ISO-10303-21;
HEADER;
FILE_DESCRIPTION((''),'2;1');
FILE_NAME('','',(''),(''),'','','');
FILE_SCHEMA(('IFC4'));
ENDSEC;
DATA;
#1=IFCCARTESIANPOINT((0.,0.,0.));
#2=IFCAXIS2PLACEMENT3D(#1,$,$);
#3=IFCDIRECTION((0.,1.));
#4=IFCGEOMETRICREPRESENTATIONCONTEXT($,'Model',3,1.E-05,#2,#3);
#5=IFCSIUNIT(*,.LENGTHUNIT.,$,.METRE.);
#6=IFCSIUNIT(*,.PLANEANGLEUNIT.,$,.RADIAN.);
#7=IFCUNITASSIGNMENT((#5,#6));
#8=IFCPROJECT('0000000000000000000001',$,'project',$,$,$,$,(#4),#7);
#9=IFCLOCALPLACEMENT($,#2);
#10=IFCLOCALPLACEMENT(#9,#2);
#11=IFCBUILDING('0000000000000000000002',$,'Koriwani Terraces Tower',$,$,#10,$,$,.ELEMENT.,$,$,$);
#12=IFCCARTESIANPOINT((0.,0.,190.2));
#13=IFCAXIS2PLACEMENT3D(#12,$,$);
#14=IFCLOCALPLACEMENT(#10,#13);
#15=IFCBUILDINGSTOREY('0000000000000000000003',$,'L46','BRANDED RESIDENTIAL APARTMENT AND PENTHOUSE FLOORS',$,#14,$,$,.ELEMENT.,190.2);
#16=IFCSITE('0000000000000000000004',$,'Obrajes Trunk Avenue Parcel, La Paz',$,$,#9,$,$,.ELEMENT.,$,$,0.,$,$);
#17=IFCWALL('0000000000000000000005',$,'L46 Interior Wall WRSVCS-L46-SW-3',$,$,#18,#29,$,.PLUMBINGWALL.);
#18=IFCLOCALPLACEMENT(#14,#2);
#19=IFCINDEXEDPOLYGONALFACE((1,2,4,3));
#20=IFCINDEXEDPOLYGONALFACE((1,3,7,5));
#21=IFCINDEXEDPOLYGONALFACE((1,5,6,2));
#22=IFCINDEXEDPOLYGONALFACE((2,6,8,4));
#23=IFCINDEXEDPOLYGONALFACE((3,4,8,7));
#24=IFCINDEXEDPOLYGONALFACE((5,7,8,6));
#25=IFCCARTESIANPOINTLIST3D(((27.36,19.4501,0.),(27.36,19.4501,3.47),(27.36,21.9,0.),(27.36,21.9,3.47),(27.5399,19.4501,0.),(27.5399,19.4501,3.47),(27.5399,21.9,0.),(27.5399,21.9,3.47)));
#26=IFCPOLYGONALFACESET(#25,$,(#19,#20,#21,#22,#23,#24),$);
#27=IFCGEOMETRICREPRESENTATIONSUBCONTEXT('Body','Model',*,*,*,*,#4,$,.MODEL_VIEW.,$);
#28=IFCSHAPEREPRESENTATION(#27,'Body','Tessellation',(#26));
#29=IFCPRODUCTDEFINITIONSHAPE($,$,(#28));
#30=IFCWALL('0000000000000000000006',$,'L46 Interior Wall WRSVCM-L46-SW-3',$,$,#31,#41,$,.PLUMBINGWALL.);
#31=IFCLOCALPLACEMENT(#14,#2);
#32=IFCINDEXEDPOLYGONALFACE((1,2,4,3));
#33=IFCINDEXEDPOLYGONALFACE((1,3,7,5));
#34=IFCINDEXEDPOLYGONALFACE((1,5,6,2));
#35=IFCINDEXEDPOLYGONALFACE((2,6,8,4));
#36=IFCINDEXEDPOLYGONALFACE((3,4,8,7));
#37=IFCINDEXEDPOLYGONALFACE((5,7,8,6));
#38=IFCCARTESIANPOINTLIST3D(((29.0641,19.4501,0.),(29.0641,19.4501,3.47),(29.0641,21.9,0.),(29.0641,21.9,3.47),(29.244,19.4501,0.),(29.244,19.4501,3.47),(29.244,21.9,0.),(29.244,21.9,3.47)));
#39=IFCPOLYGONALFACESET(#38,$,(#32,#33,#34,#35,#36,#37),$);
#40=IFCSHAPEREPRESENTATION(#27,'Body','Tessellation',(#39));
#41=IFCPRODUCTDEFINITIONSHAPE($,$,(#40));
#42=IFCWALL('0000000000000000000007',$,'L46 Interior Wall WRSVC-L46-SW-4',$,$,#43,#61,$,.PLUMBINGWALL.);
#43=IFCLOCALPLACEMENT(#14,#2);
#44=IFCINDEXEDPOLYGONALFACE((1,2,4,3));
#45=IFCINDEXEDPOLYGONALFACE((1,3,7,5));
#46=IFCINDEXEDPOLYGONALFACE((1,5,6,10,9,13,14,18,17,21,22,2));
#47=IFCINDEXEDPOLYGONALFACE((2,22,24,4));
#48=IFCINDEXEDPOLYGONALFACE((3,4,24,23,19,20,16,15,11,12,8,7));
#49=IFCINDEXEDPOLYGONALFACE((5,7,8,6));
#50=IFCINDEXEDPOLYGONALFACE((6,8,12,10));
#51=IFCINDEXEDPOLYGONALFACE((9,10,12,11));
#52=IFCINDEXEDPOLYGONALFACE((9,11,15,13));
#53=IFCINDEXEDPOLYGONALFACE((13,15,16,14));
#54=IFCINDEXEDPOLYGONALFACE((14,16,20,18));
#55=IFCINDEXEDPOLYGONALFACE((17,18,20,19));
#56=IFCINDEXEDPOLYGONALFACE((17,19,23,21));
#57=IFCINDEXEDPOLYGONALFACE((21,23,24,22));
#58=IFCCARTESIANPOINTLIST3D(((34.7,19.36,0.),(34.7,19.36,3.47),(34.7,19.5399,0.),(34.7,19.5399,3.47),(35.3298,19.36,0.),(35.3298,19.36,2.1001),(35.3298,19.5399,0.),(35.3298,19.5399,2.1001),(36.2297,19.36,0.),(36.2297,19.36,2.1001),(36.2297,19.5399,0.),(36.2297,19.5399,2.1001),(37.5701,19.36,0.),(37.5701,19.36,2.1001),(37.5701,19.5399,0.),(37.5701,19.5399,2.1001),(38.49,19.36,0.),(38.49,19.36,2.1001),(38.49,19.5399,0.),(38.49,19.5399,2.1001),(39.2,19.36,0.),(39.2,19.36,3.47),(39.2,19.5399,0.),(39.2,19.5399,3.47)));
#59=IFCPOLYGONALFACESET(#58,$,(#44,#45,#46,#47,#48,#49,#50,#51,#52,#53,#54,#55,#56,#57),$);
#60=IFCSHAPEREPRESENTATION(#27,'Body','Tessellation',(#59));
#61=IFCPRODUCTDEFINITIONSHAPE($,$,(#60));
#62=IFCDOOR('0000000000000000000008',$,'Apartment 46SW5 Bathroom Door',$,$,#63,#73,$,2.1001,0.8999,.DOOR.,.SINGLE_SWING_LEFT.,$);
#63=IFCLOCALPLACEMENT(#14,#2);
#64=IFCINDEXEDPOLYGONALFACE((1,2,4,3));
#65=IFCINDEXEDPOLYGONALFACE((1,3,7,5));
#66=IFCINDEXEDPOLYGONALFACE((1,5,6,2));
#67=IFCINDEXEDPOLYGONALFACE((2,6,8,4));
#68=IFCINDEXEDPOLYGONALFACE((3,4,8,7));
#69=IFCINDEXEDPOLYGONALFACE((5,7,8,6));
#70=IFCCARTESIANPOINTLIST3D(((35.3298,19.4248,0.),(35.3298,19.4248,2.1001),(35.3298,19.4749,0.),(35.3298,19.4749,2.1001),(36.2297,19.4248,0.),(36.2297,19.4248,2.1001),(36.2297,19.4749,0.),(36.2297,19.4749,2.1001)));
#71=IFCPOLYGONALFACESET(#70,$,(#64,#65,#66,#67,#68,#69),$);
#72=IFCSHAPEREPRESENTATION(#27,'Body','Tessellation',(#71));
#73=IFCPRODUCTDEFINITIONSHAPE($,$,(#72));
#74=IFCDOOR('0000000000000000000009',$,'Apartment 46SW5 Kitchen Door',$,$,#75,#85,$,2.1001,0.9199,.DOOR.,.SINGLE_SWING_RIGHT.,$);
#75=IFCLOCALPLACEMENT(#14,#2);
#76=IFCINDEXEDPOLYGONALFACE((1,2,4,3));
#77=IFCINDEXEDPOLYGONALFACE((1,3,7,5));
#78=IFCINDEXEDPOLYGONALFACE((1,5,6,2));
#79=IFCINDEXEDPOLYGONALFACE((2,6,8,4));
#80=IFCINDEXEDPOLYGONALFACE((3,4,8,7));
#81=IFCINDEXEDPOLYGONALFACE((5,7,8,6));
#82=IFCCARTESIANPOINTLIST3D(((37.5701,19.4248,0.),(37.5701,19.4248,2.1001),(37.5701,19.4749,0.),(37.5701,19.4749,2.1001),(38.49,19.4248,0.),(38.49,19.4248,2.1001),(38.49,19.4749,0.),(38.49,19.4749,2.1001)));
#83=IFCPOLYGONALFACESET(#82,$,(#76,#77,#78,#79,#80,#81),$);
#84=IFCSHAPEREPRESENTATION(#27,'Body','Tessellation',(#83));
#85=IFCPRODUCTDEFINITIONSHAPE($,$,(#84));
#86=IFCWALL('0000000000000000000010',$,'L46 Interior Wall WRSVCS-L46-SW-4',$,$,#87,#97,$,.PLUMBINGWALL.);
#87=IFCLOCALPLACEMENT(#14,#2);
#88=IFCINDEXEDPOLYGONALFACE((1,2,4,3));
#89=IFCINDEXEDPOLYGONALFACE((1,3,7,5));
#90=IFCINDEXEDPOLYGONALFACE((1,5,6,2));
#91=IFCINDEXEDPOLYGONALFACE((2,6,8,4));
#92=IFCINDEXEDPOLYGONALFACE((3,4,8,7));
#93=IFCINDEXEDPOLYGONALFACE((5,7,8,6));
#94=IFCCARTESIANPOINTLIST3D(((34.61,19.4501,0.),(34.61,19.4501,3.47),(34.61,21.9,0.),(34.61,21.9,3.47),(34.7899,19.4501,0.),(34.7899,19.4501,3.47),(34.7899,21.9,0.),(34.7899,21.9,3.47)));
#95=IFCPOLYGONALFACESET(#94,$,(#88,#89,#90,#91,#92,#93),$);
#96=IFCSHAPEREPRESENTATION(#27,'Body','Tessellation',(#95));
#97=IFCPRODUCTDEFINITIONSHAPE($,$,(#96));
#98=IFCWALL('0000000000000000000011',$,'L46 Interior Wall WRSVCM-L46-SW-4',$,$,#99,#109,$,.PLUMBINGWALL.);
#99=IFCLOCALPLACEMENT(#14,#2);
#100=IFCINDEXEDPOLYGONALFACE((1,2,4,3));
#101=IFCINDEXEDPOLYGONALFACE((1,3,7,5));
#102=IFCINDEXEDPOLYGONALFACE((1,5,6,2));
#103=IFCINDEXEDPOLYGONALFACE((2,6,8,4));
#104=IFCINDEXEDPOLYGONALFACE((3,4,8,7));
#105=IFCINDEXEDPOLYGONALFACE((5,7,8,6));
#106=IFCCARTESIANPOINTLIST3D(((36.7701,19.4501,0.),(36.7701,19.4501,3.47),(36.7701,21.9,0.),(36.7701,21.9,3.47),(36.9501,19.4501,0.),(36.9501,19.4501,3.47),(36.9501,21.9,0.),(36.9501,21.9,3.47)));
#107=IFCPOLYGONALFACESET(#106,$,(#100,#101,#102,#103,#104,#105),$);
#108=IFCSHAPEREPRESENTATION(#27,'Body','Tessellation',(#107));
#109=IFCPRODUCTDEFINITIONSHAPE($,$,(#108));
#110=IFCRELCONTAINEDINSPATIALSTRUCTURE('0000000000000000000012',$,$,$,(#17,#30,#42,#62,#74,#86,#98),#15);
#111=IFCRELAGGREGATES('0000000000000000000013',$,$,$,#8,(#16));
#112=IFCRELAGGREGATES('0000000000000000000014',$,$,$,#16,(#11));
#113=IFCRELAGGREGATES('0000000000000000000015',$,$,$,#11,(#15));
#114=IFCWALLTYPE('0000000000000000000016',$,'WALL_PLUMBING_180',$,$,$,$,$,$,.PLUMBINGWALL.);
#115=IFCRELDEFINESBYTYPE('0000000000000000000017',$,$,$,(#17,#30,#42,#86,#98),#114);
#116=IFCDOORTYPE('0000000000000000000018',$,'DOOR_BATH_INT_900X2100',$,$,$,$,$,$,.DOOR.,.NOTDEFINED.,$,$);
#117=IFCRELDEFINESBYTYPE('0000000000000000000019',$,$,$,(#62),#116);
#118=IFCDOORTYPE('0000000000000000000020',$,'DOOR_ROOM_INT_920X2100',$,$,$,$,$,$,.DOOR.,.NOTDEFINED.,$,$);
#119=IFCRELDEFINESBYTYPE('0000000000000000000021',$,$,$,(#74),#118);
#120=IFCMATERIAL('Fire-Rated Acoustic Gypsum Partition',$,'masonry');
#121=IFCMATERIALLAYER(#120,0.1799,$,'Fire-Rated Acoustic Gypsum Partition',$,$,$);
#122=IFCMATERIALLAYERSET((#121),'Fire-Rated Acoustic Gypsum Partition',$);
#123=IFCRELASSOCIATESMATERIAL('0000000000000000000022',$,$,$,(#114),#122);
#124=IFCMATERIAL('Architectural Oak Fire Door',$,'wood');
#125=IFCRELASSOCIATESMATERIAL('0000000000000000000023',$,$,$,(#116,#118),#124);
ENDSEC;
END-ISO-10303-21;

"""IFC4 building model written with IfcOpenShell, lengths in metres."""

from ifc_helpers import new_model, si_unit, direction, frame, frame_2d, origin, place, context, subcontext, project, spatial, rectangle, extrude, material, layer, layer_set, type_object, element, fill, save


model = new_model("IFC4")

# Units and contexts
model_context = context("Model", 3, precision=1e-05, world=origin(), true_north=direction((0.0, 1.0)))
body_context = subcontext(model_context, "Body", "Model", "MODEL_VIEW")
ifc_project = project(units=[si_unit("LENGTHUNIT", "METRE"), si_unit("PLANEANGLEUNIT", "RADIAN")], contexts=[model_context])

# Site, building, storey
site_placement = place(None, origin())
site = spatial("IfcSite", under=ifc_project, at=site_placement, Name="Obrajes Trunk Avenue Parcel, La Paz", CompositionType="ELEMENT", RefElevation=0.0)
building_placement = place(site_placement, origin())
building = spatial("IfcBuilding", under=site, at=building_placement, Name="Koriwani Terraces Tower", CompositionType="ELEMENT")
storey_placement = place(building_placement, frame((0.0, 0.0, 190.2)))
storey = spatial("IfcBuildingStorey", under=building, at=storey_placement, Name="L46", Description="BRANDED RESIDENTIAL APARTMENT AND PENTHOUSE FLOORS", CompositionType="ELEMENT", Elevation=190.2)

# Shared definitions
ifc_material_1 = material(Name="Fire-Rated Acoustic Gypsum Partition", Category="masonry")
ifc_layer_1 = layer(ifc_material_1, 0.1799, Name="Fire-Rated Acoustic Gypsum Partition")
ifc_layer_set_1 = layer_set([ifc_layer_1], Name="Fire-Rated Acoustic Gypsum Partition")
wall_type_1 = type_object("IfcWallType", Name="WALL_PLUMBING_180", PredefinedType="PLUMBINGWALL", material=ifc_layer_set_1)
ifc_material_2 = material(Name="Architectural Oak Fire Door", Category="wood")
door_type_1 = type_object("IfcDoorType", Name="DOOR_BATH_INT_900X2100", OperationType="NOTDEFINED", PredefinedType="DOOR", material=ifc_material_2)
door_type_2 = type_object("IfcDoorType", Name="DOOR_ROOM_INT_920X2100", OperationType="NOTDEFINED", PredefinedType="DOOR", material=ifc_material_2)

# Walls
for number, where, z_axis, x_axis, name in (
    (1, (27.45, 19.45, 0.0), (0.0, 0.0, 1.0), (0.0, 1.0, 0.0), "L46 Interior Wall WRSVCS-L46-SW-3"),
    (2, (29.1541, 19.45, 0.0), (0.0, 0.0, 1.0), (0.0, 1.0, 0.0), "L46 Interior Wall WRSVCM-L46-SW-3"),
):
    element("IfcWall", number, at=place(storey_placement, frame(where, z_axis=z_axis, x_axis=x_axis)), inside=storey, type_object=wall_type_1, Name=name, PredefinedType="PLUMBINGWALL", context=body_context, shape_type="SweptSolid", body=[
        extrude(rectangle(XDim=2.45, YDim=0.1799, at=frame_2d((1.2251, 0.0))), origin(), (0.0, 0.0, 1.0), 3.47),
    ])

# Wall, openings, doors
wall_1_placement = place(storey_placement, frame((34.7, 19.45, 0.0), z_axis=(0.0, 0.0, 1.0), x_axis=(1.0, 0.0, 0.0)))
wall_1 = element("IfcWall", 3, at=wall_1_placement, inside=storey, type_object=wall_type_1, Name="L46 Interior Wall WRSVC-L46-SW-4", PredefinedType="PLUMBINGWALL", context=body_context, shape_type="SweptSolid", body=[
    extrude(rectangle(XDim=4.5, YDim=0.1799, at=frame_2d((2.25, 0.0))), origin(), (0.0, 0.0, 1.0), 3.47),
])
opening_1_placement = place(wall_1_placement, frame((0.6299, 0.0, 0.0)))
opening_1 = element("IfcOpeningElement", 4, at=opening_1_placement, cuts=wall_1, PredefinedType="OPENING", context=body_context, shape_type="SweptSolid", body=[
    extrude(rectangle(XDim=0.8999, YDim=2.1001, at=frame_2d((0.45, 1.05))), frame((0.0, 0.1001, 0.0), z_axis=(0.0, -1.0, 0.0), x_axis=(1.0, 0.0, 0.0)), (0.0, 0.0, 1.0), 0.2),
])
opening_2_placement = place(wall_1_placement, frame((2.8701, 0.0, 0.0)))
opening_2 = element("IfcOpeningElement", 5, at=opening_2_placement, cuts=wall_1, PredefinedType="OPENING", context=body_context, shape_type="SweptSolid", body=[
    extrude(rectangle(XDim=0.9199, YDim=2.1001, at=frame_2d((0.46, 1.05))), frame((0.0, 0.1001, 0.0), z_axis=(0.0, -1.0, 0.0), x_axis=(1.0, 0.0, 0.0)), (0.0, 0.0, 1.0), 0.2),
])
door_1_placement = place(opening_1_placement, origin())
door_1 = element("IfcDoor", 6, at=door_1_placement, inside=storey, type_object=door_type_1, Name="Apartment 46SW5 Bathroom Door", OperationType="SINGLE_SWING_LEFT", OverallHeight=2.1001, OverallWidth=0.8999, PredefinedType="DOOR", context=body_context, shape_type="SweptSolid", body=[
    extrude(rectangle(XDim=0.8999, YDim=2.1001, at=frame_2d((0.45, 1.05))), frame((0.0, 0.0249, 0.0), z_axis=(0.0, -1.0, 0.0), x_axis=(1.0, 0.0, 0.0)), (0.0, 0.0, 1.0), 0.05),
])
fill(opening_1, door_1)
door_2_placement = place(opening_2_placement, origin())
door_2 = element("IfcDoor", 7, at=door_2_placement, inside=storey, type_object=door_type_2, Name="Apartment 46SW5 Kitchen Door", OperationType="SINGLE_SWING_RIGHT", OverallHeight=2.1001, OverallWidth=0.9199, PredefinedType="DOOR", context=body_context, shape_type="SweptSolid", body=[
    extrude(rectangle(XDim=0.9199, YDim=2.1001, at=frame_2d((0.46, 1.05))), frame((0.0, 0.0249, 0.0), z_axis=(0.0, -1.0, 0.0), x_axis=(1.0, 0.0, 0.0)), (0.0, 0.0, 1.0), 0.05),
])
fill(opening_2, door_2)

# Walls
for number, where, z_axis, x_axis, name in (
    (8, (34.7, 19.45, 0.0), (0.0, 0.0, 1.0), (0.0, 1.0, 0.0), "L46 Interior Wall WRSVCS-L46-SW-4"),
    (9, (36.8601, 19.45, 0.0), (0.0, 0.0, 1.0), (0.0, 1.0, 0.0), "L46 Interior Wall WRSVCM-L46-SW-4"),
):
    element("IfcWall", number, at=place(storey_placement, frame(where, z_axis=z_axis, x_axis=x_axis)), inside=storey, type_object=wall_type_1, Name=name, PredefinedType="PLUMBINGWALL", context=body_context, shape_type="SweptSolid", body=[
        extrude(rectangle(XDim=2.45, YDim=0.1799, at=frame_2d((1.2251, 0.0))), origin(), (0.0, 0.0, 1.0), 3.47),
    ])

save(model, "model.ifc")
